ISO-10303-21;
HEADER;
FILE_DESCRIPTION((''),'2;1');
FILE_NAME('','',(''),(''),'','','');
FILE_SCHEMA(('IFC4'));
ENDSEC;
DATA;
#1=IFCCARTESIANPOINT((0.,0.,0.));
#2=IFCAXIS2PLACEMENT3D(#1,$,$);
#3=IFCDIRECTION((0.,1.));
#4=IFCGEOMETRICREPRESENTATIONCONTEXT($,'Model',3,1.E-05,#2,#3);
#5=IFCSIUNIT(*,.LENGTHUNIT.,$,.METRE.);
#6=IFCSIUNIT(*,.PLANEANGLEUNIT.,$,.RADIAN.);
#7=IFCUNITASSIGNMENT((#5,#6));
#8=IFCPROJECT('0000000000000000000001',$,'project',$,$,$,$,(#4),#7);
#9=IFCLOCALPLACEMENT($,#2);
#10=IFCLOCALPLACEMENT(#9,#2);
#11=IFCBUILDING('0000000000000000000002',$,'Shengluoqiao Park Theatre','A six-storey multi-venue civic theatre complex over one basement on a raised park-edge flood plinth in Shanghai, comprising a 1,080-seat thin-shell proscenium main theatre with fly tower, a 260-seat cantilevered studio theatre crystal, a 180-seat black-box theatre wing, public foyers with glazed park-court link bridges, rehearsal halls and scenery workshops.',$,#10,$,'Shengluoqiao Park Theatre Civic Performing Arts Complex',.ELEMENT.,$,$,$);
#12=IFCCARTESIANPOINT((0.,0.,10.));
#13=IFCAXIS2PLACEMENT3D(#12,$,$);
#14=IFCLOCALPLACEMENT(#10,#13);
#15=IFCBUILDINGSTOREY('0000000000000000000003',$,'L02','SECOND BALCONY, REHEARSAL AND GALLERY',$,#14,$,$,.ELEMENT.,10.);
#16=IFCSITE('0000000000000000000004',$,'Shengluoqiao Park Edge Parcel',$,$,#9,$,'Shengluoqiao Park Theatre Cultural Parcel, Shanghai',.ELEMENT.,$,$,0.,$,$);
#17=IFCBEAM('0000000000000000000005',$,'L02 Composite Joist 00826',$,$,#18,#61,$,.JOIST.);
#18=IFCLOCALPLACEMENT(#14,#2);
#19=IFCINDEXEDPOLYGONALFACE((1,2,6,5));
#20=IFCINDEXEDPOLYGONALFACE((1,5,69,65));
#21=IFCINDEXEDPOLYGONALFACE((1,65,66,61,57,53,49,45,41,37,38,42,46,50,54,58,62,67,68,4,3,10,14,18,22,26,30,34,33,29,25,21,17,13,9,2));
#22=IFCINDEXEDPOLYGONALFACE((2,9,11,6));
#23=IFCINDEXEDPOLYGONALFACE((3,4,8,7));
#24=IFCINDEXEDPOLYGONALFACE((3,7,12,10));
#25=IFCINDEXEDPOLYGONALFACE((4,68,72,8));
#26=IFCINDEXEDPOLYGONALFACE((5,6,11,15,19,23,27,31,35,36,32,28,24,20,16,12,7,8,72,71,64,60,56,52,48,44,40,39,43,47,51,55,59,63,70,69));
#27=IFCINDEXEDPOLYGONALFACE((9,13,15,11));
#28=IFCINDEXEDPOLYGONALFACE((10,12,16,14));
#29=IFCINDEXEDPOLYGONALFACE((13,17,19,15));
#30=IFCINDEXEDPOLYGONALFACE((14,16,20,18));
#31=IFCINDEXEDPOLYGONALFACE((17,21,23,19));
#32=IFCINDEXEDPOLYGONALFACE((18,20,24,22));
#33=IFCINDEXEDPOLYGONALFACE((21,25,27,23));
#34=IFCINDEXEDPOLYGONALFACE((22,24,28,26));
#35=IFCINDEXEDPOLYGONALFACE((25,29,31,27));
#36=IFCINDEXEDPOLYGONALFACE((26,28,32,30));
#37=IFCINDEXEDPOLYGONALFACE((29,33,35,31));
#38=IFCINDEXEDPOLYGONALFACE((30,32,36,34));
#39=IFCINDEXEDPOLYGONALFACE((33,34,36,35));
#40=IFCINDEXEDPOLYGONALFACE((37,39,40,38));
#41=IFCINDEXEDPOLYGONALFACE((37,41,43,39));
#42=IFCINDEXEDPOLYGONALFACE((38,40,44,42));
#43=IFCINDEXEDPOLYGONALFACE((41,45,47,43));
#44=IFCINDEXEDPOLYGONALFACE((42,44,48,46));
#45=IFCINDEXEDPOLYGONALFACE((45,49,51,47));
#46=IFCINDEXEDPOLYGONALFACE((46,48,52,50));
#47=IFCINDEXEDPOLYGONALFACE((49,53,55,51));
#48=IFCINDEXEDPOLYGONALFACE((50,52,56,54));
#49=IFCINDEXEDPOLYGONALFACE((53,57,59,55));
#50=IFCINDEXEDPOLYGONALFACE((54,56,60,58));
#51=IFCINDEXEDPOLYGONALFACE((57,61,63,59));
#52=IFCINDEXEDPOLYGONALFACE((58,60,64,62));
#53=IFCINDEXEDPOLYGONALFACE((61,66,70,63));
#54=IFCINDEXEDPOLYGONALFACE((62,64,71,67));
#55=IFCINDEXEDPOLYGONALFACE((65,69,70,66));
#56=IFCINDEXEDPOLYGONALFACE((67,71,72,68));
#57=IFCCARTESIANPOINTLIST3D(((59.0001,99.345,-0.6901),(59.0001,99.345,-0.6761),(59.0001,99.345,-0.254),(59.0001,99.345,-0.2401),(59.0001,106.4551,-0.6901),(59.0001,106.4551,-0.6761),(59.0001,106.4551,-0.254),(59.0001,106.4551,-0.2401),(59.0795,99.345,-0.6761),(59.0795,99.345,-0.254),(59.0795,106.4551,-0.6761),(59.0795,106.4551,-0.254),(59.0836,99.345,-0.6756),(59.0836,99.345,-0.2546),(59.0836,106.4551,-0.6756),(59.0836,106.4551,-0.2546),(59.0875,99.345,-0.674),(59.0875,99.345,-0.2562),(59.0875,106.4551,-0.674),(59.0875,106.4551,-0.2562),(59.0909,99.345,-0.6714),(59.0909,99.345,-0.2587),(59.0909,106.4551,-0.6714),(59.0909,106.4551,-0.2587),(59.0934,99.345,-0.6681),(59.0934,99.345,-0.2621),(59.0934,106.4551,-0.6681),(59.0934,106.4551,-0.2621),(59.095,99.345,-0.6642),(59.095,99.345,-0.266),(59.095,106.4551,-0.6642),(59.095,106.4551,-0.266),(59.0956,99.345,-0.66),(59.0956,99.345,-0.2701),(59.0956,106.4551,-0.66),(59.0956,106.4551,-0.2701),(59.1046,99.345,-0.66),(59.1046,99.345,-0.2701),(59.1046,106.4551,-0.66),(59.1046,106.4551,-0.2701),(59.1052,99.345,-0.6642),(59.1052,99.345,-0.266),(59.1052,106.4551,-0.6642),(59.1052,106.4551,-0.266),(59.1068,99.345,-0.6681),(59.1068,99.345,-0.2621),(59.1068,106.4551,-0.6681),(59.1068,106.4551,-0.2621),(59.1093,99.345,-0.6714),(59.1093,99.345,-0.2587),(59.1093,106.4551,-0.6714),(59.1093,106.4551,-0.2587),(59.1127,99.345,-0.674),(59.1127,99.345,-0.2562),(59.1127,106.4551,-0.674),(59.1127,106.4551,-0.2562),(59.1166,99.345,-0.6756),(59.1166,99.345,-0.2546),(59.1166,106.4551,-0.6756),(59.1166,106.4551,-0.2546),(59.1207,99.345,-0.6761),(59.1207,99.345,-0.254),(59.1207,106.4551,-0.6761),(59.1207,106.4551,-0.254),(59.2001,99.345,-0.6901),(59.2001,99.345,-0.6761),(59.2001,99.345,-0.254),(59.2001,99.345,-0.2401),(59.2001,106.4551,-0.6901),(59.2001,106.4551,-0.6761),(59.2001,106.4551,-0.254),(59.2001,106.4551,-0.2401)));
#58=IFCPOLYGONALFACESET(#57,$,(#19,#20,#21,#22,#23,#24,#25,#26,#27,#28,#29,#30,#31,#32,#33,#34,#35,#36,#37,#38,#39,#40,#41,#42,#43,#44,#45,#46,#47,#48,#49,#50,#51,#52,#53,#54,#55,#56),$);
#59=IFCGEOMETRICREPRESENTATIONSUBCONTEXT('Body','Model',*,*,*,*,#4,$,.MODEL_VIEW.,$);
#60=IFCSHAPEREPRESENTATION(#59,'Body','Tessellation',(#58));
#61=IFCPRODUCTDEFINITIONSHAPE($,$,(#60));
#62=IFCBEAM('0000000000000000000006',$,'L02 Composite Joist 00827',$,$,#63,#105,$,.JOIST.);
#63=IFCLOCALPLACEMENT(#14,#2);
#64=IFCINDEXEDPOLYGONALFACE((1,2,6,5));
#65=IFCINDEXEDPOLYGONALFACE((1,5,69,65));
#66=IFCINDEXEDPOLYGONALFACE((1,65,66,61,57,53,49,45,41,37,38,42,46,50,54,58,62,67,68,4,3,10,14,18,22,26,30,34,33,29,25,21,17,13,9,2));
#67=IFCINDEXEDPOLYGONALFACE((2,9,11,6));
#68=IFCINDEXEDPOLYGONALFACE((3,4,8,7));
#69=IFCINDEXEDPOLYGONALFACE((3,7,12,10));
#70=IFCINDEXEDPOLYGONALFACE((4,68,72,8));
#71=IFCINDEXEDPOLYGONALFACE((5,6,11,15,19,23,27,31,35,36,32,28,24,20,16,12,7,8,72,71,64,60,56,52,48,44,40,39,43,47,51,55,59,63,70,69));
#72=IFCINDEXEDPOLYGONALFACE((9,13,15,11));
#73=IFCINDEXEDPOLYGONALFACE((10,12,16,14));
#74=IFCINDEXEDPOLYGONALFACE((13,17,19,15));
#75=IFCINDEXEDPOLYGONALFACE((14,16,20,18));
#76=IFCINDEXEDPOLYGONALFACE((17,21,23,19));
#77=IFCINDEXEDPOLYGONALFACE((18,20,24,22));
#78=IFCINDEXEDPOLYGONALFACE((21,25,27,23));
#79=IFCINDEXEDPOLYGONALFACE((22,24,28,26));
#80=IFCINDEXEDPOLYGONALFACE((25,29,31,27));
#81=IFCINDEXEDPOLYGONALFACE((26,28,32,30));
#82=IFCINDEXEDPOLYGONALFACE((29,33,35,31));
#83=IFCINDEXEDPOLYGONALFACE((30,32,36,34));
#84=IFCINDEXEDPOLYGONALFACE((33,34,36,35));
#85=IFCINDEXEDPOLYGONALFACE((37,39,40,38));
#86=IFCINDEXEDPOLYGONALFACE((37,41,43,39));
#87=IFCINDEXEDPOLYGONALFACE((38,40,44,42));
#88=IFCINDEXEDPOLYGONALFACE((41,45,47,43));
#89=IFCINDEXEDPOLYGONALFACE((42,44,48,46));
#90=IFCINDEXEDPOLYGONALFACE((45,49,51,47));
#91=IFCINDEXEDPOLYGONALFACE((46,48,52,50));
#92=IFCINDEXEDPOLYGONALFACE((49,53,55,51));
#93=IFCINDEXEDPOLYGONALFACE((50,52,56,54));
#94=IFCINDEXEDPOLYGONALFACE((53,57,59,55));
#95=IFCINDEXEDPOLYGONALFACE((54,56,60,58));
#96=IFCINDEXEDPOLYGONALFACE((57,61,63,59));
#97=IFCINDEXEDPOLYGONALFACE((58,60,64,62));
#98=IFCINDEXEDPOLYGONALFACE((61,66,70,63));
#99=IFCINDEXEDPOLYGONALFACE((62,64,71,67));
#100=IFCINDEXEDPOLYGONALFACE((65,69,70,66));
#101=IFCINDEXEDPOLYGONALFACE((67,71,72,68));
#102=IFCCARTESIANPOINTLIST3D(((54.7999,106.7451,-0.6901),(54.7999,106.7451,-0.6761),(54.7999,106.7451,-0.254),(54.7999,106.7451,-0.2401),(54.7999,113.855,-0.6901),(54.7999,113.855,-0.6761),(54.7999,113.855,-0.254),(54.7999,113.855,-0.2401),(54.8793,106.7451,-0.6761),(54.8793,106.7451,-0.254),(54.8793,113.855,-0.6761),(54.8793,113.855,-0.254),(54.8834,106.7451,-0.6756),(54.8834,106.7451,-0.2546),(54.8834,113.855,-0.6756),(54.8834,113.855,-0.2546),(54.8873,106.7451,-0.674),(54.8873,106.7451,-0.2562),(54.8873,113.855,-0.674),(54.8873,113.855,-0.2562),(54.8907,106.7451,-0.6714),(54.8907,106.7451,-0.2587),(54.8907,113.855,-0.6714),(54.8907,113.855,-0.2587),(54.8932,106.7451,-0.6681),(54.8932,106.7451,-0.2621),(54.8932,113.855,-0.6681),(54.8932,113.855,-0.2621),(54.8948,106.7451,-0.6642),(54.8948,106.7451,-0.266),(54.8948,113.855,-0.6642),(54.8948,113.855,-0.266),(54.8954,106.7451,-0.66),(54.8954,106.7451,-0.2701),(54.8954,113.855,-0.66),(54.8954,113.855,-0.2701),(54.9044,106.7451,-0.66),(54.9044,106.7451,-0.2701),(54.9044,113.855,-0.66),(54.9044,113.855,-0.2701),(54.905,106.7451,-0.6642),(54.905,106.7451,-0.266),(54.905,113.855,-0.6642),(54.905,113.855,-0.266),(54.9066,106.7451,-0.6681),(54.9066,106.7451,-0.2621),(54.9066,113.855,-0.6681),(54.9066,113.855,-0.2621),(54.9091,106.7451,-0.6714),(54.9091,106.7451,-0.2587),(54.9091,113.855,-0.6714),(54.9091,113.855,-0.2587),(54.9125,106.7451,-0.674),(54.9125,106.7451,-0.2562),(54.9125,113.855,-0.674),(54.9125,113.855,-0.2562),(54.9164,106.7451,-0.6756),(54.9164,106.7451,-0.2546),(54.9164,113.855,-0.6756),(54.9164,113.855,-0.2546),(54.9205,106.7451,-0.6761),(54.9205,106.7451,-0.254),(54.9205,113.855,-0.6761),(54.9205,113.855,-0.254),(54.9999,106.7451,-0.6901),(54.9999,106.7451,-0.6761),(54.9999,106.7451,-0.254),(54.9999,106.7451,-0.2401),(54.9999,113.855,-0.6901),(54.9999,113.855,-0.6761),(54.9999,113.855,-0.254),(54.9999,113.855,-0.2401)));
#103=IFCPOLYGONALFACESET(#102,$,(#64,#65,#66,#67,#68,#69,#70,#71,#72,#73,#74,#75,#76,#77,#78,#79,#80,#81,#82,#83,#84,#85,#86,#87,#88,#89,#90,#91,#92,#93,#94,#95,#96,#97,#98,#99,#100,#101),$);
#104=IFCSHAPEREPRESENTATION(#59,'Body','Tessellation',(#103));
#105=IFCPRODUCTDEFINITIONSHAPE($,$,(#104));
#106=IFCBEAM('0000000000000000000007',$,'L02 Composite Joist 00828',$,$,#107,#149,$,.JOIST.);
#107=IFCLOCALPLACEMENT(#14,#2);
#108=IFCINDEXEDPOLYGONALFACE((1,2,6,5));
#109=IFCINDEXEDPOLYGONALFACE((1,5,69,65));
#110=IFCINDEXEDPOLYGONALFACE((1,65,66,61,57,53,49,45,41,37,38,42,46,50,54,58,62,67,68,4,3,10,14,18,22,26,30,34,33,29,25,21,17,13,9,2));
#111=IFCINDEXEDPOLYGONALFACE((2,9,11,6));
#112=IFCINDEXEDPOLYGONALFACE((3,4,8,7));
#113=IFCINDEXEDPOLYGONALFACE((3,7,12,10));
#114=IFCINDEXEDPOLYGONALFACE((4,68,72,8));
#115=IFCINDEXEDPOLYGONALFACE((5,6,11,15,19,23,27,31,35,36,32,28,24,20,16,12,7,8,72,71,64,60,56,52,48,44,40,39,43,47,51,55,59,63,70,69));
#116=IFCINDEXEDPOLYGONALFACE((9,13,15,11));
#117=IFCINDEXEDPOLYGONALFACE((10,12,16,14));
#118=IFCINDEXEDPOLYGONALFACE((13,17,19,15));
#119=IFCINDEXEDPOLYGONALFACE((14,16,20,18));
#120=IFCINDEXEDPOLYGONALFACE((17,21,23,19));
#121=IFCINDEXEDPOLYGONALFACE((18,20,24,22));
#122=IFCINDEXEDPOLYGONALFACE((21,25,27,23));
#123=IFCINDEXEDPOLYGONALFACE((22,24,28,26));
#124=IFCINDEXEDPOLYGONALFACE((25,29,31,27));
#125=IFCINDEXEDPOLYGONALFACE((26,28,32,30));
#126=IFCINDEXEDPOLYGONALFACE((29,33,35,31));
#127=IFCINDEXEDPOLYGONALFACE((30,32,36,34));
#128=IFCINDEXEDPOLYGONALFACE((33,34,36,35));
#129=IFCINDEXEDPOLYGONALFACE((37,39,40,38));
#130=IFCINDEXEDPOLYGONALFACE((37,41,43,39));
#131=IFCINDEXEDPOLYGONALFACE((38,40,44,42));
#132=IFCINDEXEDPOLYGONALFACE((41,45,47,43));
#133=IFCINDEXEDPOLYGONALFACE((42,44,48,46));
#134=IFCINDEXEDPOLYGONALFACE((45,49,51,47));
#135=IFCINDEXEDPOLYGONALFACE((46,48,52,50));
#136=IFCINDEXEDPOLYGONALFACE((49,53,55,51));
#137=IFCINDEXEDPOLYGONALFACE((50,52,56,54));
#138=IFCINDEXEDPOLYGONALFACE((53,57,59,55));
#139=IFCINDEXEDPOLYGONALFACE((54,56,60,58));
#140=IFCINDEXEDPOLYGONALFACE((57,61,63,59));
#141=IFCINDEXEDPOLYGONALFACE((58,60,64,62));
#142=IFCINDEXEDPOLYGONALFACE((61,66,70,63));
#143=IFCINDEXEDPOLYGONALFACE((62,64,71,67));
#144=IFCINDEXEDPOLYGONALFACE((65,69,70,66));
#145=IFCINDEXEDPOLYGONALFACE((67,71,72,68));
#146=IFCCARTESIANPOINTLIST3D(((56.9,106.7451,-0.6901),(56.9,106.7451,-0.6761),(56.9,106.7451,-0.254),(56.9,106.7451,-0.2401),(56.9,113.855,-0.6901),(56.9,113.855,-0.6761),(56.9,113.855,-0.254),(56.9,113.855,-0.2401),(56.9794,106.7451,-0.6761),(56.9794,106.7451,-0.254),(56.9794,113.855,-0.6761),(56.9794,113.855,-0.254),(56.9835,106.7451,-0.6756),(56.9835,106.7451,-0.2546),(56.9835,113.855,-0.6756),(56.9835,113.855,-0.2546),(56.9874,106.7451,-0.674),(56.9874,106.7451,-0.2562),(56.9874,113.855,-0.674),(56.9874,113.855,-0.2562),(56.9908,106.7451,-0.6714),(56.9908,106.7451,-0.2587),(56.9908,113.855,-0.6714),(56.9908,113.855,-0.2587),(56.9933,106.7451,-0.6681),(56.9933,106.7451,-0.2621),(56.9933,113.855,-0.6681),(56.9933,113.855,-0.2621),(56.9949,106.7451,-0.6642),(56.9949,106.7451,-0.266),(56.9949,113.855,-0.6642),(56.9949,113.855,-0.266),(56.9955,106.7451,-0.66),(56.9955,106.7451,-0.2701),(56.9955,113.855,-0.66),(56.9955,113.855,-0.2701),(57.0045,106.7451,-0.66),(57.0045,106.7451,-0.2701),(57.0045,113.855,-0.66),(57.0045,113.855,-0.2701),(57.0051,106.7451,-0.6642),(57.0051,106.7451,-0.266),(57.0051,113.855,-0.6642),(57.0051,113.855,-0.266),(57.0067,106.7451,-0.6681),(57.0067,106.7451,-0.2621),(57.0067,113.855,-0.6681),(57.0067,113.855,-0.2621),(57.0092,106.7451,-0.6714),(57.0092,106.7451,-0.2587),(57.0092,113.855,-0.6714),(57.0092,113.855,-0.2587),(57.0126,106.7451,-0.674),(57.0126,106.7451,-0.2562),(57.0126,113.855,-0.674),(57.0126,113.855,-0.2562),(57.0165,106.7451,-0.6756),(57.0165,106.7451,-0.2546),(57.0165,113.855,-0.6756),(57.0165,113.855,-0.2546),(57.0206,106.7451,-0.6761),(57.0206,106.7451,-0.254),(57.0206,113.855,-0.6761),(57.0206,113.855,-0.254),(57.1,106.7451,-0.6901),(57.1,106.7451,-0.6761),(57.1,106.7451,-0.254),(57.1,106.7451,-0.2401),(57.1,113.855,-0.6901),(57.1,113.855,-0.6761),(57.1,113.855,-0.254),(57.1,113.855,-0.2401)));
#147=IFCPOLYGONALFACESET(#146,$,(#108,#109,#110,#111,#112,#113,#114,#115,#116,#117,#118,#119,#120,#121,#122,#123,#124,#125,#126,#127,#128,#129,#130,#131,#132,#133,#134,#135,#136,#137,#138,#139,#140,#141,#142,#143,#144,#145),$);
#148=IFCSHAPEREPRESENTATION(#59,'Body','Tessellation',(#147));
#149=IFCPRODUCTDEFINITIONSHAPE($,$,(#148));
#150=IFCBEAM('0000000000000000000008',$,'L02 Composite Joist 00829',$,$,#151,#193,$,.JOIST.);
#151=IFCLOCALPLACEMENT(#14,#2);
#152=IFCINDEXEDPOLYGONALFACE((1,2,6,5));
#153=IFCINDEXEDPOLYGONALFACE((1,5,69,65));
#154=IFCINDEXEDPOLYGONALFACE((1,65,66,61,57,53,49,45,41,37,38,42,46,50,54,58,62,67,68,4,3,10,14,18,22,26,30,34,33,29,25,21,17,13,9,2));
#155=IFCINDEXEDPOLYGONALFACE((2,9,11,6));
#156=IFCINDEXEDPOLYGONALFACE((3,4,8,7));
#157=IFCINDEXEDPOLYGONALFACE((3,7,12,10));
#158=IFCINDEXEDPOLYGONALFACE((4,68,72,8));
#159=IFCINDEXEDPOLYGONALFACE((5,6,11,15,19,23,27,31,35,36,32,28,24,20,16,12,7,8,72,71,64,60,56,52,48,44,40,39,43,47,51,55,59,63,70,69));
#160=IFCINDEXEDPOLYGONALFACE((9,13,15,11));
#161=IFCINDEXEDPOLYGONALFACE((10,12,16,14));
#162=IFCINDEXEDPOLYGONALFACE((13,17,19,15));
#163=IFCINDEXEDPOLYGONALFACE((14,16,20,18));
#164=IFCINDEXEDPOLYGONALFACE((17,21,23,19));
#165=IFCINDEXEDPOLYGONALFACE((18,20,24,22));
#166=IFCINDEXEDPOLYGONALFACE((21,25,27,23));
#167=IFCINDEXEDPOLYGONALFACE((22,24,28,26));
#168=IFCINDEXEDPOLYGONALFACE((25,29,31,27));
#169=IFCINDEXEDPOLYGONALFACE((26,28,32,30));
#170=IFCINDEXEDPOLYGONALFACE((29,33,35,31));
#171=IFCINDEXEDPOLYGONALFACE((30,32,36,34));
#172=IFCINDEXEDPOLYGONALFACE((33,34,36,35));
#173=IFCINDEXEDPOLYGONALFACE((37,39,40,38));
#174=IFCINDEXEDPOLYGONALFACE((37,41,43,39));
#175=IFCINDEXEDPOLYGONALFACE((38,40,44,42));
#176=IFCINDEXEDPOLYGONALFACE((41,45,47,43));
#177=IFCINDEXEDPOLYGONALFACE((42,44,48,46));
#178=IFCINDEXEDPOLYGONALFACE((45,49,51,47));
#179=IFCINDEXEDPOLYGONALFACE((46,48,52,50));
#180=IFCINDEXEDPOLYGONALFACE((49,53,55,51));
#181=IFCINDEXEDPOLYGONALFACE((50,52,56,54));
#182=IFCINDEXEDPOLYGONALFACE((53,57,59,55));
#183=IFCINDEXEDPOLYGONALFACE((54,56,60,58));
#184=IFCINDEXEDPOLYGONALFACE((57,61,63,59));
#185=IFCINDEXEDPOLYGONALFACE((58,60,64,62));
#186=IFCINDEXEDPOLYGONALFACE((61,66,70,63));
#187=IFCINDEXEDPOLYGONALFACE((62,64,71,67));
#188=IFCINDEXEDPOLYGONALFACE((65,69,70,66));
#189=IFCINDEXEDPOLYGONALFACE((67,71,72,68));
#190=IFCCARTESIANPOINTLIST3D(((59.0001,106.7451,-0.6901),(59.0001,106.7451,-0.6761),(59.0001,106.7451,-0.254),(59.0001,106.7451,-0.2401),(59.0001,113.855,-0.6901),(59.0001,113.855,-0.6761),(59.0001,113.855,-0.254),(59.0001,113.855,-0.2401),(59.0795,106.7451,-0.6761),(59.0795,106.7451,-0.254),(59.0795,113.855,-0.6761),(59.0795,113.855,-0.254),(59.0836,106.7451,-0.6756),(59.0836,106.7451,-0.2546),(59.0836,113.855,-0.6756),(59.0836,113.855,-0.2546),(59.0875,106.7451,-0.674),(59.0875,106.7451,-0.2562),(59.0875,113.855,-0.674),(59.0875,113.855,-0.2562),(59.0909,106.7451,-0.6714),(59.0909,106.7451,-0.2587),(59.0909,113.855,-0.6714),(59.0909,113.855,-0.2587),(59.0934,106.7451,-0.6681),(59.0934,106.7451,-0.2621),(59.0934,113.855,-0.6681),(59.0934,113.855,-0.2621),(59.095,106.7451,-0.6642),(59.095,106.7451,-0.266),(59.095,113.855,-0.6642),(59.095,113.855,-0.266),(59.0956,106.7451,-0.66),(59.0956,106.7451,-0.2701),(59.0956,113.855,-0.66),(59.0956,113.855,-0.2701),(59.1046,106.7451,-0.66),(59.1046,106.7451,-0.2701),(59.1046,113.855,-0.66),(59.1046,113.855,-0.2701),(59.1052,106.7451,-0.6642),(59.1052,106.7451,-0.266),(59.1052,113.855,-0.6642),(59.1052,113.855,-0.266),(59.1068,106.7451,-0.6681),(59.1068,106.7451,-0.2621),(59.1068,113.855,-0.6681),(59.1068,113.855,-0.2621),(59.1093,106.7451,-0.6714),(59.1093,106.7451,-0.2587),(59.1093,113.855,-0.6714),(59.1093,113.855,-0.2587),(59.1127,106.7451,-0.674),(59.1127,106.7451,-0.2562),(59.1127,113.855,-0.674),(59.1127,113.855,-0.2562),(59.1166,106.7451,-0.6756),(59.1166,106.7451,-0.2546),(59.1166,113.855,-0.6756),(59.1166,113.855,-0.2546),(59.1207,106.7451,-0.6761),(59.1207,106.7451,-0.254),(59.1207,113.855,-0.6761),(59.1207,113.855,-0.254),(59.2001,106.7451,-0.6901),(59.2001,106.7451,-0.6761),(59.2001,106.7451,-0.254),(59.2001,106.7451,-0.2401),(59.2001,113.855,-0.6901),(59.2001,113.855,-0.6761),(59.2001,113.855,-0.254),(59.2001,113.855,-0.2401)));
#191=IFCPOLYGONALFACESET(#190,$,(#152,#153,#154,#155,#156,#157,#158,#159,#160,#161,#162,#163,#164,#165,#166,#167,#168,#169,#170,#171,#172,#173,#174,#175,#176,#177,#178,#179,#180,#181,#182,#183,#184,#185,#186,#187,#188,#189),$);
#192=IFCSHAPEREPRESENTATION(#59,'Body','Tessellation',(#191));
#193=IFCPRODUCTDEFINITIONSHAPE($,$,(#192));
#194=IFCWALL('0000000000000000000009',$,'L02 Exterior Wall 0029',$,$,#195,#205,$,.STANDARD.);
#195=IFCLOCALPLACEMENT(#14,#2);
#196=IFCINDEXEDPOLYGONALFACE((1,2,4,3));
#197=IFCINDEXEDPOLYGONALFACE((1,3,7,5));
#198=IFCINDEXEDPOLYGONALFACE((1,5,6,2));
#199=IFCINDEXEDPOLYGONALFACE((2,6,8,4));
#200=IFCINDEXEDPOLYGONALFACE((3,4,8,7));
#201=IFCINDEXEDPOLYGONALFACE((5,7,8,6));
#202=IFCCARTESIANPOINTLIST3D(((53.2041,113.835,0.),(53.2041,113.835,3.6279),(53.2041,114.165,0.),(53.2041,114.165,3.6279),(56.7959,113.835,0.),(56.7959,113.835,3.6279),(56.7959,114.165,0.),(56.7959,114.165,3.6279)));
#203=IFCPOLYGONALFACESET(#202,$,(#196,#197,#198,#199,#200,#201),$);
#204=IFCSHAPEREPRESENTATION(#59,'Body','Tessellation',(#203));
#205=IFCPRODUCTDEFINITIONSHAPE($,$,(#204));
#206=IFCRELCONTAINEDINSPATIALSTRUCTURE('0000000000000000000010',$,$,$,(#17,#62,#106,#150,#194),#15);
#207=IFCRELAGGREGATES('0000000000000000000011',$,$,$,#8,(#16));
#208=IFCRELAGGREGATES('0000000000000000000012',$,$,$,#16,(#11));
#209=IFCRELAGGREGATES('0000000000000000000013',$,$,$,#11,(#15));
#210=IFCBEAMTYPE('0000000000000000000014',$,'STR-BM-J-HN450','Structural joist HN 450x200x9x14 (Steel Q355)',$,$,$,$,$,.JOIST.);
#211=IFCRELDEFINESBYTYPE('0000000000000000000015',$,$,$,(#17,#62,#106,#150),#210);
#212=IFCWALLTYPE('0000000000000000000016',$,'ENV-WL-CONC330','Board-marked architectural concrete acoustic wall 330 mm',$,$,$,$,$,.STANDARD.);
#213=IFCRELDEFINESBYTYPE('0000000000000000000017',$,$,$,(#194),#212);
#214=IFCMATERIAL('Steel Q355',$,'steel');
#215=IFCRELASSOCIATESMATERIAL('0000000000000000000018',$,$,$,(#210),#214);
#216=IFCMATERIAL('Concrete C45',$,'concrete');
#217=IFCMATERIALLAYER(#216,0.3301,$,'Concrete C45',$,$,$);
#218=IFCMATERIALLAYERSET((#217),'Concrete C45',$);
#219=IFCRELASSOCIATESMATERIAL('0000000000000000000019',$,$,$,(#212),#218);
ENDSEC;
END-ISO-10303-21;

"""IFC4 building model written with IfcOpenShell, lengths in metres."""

from ifc_helpers import new_model, si_unit, direction, frame, frame_2d, origin, origin_2d, place, context, subcontext, project, spatial, rectangle, i_section, extrude, material, layer, layer_set, material_profile, profile_set, type_object, element, save


model = new_model("IFC4")

# Units and contexts
model_context = context("Model", 3, precision=1e-05, world=origin(), true_north=direction((0.0, 1.0)))
body_context = subcontext(model_context, "Body", "Model", "MODEL_VIEW")
ifc_project = project(units=[si_unit("LENGTHUNIT", "METRE"), si_unit("PLANEANGLEUNIT", "RADIAN")], contexts=[model_context])

# Site, building, storey
site_placement = place(None, origin())
site = spatial("IfcSite", under=ifc_project, at=site_placement, Name="Shengluoqiao Park Edge Parcel", LongName="Shengluoqiao Park Theatre Cultural Parcel, Shanghai", CompositionType="ELEMENT", RefElevation=0.0)
building_placement = place(site_placement, origin())
building = spatial("IfcBuilding", under=site, at=building_placement, Name="Shengluoqiao Park Theatre", Description="A six-storey multi-venue civic theatre complex over one basement on a raised park-edge flood plinth in Shanghai, comprising a 1,080-seat thin-shell proscenium main theatre with fly tower, a 260-seat cantilevered studio theatre crystal, a 180-seat black-box theatre wing, public foyers with glazed park-court link bridges, rehearsal halls and scenery workshops.", LongName="Shengluoqiao Park Theatre Civic Performing Arts Complex", CompositionType="ELEMENT")
storey_placement = place(building_placement, frame((0.0, 0.0, 10.0)))
storey = spatial("IfcBuildingStorey", under=building, at=storey_placement, Name="L02", Description="SECOND BALCONY, REHEARSAL AND GALLERY", CompositionType="ELEMENT", Elevation=10.0)

# Beams
ifc_material_1 = material(Name="Steel Q355", Category="steel")
ifc_material_profile_1 = material_profile(ifc_material_1, i_section(OverallWidth=0.2, OverallDepth=0.45, WebThickness=0.009, FlangeThickness=0.0139, FilletRadius=0.0161, at=origin_2d()), Name="HN 450x200x9x14")
ifc_profile_set_1 = profile_set([ifc_material_profile_1], Name="Steel Q355")
beam_type_1 = type_object("IfcBeamType", Name="STR-BM-J-HN450", Description="Structural joist HN 450x200x9x14 (Steel Q355)", PredefinedType="JOIST", material=ifc_profile_set_1)
for number, where, z_axis, x_axis, name in (
    (1, (59.1001, 99.345, -0.4651), (0.0, 1.0, 0.0), (-1.0, 0.0, 0.0), "L02 Composite Joist 00826"),
):
    element("IfcBeam", number, at=place(storey_placement, frame(where, z_axis=z_axis, x_axis=x_axis)), inside=storey, type_object=beam_type_1, Name=name, PredefinedType="JOIST", context=body_context, shape_type="SweptSolid", body=[
        extrude(i_section(OverallWidth=0.2, OverallDepth=0.45, WebThickness=0.009, FlangeThickness=0.0139, FilletRadius=0.0161, at=origin_2d()), origin(), (0.0, 0.0, 1.0), 7.1101),
    ])
for number, where, z_axis, x_axis, name in (
    (2, (54.8999, 106.7451, -0.4651), (0.0, 1.0, 0.0), (-1.0, 0.0, 0.0), "L02 Composite Joist 00827"),
    (3, (57.0, 106.7451, -0.4651), (0.0, 1.0, 0.0), (-1.0, 0.0, 0.0), "L02 Composite Joist 00828"),
    (4, (59.1001, 106.7451, -0.4651), (0.0, 1.0, 0.0), (-1.0, 0.0, 0.0), "L02 Composite Joist 00829"),
):
    element("IfcBeam", number, at=place(storey_placement, frame(where, z_axis=z_axis, x_axis=x_axis)), inside=storey, type_object=beam_type_1, Name=name, PredefinedType="JOIST", context=body_context, shape_type="SweptSolid", body=[
        extrude(i_section(OverallWidth=0.2, OverallDepth=0.45, WebThickness=0.009, FlangeThickness=0.0139, FilletRadius=0.0161, at=origin_2d()), origin(), (0.0, 0.0, 1.0), 7.1099),
    ])

# Wall
ifc_material_2 = material(Name="Concrete C45", Category="concrete")
ifc_layer_1 = layer(ifc_material_2, 0.3301, Name="Concrete C45")
ifc_layer_set_1 = layer_set([ifc_layer_1], Name="Concrete C45")
wall_type_1 = type_object("IfcWallType", Name="ENV-WL-CONC330", Description="Board-marked architectural concrete acoustic wall 330 mm", PredefinedType="STANDARD", material=ifc_layer_set_1)
for number, where, z_axis, x_axis, name in (
    (5, (53.2041, 114.0, 0.0), (0.0, 0.0, 1.0), (1.0, 0.0, 0.0), "L02 Exterior Wall 0029"),
):
    element("IfcWall", number, at=place(storey_placement, frame(where, z_axis=z_axis, x_axis=x_axis)), inside=storey, type_object=wall_type_1, Name=name, PredefinedType="STANDARD", context=body_context, shape_type="SweptSolid", body=[
        extrude(rectangle(XDim=3.5918, YDim=0.3301, at=frame_2d((1.7959, 0.0))), origin(), (0.0, 0.0, 1.0), 3.6279),
    ])

save(model, "model.ifc")
